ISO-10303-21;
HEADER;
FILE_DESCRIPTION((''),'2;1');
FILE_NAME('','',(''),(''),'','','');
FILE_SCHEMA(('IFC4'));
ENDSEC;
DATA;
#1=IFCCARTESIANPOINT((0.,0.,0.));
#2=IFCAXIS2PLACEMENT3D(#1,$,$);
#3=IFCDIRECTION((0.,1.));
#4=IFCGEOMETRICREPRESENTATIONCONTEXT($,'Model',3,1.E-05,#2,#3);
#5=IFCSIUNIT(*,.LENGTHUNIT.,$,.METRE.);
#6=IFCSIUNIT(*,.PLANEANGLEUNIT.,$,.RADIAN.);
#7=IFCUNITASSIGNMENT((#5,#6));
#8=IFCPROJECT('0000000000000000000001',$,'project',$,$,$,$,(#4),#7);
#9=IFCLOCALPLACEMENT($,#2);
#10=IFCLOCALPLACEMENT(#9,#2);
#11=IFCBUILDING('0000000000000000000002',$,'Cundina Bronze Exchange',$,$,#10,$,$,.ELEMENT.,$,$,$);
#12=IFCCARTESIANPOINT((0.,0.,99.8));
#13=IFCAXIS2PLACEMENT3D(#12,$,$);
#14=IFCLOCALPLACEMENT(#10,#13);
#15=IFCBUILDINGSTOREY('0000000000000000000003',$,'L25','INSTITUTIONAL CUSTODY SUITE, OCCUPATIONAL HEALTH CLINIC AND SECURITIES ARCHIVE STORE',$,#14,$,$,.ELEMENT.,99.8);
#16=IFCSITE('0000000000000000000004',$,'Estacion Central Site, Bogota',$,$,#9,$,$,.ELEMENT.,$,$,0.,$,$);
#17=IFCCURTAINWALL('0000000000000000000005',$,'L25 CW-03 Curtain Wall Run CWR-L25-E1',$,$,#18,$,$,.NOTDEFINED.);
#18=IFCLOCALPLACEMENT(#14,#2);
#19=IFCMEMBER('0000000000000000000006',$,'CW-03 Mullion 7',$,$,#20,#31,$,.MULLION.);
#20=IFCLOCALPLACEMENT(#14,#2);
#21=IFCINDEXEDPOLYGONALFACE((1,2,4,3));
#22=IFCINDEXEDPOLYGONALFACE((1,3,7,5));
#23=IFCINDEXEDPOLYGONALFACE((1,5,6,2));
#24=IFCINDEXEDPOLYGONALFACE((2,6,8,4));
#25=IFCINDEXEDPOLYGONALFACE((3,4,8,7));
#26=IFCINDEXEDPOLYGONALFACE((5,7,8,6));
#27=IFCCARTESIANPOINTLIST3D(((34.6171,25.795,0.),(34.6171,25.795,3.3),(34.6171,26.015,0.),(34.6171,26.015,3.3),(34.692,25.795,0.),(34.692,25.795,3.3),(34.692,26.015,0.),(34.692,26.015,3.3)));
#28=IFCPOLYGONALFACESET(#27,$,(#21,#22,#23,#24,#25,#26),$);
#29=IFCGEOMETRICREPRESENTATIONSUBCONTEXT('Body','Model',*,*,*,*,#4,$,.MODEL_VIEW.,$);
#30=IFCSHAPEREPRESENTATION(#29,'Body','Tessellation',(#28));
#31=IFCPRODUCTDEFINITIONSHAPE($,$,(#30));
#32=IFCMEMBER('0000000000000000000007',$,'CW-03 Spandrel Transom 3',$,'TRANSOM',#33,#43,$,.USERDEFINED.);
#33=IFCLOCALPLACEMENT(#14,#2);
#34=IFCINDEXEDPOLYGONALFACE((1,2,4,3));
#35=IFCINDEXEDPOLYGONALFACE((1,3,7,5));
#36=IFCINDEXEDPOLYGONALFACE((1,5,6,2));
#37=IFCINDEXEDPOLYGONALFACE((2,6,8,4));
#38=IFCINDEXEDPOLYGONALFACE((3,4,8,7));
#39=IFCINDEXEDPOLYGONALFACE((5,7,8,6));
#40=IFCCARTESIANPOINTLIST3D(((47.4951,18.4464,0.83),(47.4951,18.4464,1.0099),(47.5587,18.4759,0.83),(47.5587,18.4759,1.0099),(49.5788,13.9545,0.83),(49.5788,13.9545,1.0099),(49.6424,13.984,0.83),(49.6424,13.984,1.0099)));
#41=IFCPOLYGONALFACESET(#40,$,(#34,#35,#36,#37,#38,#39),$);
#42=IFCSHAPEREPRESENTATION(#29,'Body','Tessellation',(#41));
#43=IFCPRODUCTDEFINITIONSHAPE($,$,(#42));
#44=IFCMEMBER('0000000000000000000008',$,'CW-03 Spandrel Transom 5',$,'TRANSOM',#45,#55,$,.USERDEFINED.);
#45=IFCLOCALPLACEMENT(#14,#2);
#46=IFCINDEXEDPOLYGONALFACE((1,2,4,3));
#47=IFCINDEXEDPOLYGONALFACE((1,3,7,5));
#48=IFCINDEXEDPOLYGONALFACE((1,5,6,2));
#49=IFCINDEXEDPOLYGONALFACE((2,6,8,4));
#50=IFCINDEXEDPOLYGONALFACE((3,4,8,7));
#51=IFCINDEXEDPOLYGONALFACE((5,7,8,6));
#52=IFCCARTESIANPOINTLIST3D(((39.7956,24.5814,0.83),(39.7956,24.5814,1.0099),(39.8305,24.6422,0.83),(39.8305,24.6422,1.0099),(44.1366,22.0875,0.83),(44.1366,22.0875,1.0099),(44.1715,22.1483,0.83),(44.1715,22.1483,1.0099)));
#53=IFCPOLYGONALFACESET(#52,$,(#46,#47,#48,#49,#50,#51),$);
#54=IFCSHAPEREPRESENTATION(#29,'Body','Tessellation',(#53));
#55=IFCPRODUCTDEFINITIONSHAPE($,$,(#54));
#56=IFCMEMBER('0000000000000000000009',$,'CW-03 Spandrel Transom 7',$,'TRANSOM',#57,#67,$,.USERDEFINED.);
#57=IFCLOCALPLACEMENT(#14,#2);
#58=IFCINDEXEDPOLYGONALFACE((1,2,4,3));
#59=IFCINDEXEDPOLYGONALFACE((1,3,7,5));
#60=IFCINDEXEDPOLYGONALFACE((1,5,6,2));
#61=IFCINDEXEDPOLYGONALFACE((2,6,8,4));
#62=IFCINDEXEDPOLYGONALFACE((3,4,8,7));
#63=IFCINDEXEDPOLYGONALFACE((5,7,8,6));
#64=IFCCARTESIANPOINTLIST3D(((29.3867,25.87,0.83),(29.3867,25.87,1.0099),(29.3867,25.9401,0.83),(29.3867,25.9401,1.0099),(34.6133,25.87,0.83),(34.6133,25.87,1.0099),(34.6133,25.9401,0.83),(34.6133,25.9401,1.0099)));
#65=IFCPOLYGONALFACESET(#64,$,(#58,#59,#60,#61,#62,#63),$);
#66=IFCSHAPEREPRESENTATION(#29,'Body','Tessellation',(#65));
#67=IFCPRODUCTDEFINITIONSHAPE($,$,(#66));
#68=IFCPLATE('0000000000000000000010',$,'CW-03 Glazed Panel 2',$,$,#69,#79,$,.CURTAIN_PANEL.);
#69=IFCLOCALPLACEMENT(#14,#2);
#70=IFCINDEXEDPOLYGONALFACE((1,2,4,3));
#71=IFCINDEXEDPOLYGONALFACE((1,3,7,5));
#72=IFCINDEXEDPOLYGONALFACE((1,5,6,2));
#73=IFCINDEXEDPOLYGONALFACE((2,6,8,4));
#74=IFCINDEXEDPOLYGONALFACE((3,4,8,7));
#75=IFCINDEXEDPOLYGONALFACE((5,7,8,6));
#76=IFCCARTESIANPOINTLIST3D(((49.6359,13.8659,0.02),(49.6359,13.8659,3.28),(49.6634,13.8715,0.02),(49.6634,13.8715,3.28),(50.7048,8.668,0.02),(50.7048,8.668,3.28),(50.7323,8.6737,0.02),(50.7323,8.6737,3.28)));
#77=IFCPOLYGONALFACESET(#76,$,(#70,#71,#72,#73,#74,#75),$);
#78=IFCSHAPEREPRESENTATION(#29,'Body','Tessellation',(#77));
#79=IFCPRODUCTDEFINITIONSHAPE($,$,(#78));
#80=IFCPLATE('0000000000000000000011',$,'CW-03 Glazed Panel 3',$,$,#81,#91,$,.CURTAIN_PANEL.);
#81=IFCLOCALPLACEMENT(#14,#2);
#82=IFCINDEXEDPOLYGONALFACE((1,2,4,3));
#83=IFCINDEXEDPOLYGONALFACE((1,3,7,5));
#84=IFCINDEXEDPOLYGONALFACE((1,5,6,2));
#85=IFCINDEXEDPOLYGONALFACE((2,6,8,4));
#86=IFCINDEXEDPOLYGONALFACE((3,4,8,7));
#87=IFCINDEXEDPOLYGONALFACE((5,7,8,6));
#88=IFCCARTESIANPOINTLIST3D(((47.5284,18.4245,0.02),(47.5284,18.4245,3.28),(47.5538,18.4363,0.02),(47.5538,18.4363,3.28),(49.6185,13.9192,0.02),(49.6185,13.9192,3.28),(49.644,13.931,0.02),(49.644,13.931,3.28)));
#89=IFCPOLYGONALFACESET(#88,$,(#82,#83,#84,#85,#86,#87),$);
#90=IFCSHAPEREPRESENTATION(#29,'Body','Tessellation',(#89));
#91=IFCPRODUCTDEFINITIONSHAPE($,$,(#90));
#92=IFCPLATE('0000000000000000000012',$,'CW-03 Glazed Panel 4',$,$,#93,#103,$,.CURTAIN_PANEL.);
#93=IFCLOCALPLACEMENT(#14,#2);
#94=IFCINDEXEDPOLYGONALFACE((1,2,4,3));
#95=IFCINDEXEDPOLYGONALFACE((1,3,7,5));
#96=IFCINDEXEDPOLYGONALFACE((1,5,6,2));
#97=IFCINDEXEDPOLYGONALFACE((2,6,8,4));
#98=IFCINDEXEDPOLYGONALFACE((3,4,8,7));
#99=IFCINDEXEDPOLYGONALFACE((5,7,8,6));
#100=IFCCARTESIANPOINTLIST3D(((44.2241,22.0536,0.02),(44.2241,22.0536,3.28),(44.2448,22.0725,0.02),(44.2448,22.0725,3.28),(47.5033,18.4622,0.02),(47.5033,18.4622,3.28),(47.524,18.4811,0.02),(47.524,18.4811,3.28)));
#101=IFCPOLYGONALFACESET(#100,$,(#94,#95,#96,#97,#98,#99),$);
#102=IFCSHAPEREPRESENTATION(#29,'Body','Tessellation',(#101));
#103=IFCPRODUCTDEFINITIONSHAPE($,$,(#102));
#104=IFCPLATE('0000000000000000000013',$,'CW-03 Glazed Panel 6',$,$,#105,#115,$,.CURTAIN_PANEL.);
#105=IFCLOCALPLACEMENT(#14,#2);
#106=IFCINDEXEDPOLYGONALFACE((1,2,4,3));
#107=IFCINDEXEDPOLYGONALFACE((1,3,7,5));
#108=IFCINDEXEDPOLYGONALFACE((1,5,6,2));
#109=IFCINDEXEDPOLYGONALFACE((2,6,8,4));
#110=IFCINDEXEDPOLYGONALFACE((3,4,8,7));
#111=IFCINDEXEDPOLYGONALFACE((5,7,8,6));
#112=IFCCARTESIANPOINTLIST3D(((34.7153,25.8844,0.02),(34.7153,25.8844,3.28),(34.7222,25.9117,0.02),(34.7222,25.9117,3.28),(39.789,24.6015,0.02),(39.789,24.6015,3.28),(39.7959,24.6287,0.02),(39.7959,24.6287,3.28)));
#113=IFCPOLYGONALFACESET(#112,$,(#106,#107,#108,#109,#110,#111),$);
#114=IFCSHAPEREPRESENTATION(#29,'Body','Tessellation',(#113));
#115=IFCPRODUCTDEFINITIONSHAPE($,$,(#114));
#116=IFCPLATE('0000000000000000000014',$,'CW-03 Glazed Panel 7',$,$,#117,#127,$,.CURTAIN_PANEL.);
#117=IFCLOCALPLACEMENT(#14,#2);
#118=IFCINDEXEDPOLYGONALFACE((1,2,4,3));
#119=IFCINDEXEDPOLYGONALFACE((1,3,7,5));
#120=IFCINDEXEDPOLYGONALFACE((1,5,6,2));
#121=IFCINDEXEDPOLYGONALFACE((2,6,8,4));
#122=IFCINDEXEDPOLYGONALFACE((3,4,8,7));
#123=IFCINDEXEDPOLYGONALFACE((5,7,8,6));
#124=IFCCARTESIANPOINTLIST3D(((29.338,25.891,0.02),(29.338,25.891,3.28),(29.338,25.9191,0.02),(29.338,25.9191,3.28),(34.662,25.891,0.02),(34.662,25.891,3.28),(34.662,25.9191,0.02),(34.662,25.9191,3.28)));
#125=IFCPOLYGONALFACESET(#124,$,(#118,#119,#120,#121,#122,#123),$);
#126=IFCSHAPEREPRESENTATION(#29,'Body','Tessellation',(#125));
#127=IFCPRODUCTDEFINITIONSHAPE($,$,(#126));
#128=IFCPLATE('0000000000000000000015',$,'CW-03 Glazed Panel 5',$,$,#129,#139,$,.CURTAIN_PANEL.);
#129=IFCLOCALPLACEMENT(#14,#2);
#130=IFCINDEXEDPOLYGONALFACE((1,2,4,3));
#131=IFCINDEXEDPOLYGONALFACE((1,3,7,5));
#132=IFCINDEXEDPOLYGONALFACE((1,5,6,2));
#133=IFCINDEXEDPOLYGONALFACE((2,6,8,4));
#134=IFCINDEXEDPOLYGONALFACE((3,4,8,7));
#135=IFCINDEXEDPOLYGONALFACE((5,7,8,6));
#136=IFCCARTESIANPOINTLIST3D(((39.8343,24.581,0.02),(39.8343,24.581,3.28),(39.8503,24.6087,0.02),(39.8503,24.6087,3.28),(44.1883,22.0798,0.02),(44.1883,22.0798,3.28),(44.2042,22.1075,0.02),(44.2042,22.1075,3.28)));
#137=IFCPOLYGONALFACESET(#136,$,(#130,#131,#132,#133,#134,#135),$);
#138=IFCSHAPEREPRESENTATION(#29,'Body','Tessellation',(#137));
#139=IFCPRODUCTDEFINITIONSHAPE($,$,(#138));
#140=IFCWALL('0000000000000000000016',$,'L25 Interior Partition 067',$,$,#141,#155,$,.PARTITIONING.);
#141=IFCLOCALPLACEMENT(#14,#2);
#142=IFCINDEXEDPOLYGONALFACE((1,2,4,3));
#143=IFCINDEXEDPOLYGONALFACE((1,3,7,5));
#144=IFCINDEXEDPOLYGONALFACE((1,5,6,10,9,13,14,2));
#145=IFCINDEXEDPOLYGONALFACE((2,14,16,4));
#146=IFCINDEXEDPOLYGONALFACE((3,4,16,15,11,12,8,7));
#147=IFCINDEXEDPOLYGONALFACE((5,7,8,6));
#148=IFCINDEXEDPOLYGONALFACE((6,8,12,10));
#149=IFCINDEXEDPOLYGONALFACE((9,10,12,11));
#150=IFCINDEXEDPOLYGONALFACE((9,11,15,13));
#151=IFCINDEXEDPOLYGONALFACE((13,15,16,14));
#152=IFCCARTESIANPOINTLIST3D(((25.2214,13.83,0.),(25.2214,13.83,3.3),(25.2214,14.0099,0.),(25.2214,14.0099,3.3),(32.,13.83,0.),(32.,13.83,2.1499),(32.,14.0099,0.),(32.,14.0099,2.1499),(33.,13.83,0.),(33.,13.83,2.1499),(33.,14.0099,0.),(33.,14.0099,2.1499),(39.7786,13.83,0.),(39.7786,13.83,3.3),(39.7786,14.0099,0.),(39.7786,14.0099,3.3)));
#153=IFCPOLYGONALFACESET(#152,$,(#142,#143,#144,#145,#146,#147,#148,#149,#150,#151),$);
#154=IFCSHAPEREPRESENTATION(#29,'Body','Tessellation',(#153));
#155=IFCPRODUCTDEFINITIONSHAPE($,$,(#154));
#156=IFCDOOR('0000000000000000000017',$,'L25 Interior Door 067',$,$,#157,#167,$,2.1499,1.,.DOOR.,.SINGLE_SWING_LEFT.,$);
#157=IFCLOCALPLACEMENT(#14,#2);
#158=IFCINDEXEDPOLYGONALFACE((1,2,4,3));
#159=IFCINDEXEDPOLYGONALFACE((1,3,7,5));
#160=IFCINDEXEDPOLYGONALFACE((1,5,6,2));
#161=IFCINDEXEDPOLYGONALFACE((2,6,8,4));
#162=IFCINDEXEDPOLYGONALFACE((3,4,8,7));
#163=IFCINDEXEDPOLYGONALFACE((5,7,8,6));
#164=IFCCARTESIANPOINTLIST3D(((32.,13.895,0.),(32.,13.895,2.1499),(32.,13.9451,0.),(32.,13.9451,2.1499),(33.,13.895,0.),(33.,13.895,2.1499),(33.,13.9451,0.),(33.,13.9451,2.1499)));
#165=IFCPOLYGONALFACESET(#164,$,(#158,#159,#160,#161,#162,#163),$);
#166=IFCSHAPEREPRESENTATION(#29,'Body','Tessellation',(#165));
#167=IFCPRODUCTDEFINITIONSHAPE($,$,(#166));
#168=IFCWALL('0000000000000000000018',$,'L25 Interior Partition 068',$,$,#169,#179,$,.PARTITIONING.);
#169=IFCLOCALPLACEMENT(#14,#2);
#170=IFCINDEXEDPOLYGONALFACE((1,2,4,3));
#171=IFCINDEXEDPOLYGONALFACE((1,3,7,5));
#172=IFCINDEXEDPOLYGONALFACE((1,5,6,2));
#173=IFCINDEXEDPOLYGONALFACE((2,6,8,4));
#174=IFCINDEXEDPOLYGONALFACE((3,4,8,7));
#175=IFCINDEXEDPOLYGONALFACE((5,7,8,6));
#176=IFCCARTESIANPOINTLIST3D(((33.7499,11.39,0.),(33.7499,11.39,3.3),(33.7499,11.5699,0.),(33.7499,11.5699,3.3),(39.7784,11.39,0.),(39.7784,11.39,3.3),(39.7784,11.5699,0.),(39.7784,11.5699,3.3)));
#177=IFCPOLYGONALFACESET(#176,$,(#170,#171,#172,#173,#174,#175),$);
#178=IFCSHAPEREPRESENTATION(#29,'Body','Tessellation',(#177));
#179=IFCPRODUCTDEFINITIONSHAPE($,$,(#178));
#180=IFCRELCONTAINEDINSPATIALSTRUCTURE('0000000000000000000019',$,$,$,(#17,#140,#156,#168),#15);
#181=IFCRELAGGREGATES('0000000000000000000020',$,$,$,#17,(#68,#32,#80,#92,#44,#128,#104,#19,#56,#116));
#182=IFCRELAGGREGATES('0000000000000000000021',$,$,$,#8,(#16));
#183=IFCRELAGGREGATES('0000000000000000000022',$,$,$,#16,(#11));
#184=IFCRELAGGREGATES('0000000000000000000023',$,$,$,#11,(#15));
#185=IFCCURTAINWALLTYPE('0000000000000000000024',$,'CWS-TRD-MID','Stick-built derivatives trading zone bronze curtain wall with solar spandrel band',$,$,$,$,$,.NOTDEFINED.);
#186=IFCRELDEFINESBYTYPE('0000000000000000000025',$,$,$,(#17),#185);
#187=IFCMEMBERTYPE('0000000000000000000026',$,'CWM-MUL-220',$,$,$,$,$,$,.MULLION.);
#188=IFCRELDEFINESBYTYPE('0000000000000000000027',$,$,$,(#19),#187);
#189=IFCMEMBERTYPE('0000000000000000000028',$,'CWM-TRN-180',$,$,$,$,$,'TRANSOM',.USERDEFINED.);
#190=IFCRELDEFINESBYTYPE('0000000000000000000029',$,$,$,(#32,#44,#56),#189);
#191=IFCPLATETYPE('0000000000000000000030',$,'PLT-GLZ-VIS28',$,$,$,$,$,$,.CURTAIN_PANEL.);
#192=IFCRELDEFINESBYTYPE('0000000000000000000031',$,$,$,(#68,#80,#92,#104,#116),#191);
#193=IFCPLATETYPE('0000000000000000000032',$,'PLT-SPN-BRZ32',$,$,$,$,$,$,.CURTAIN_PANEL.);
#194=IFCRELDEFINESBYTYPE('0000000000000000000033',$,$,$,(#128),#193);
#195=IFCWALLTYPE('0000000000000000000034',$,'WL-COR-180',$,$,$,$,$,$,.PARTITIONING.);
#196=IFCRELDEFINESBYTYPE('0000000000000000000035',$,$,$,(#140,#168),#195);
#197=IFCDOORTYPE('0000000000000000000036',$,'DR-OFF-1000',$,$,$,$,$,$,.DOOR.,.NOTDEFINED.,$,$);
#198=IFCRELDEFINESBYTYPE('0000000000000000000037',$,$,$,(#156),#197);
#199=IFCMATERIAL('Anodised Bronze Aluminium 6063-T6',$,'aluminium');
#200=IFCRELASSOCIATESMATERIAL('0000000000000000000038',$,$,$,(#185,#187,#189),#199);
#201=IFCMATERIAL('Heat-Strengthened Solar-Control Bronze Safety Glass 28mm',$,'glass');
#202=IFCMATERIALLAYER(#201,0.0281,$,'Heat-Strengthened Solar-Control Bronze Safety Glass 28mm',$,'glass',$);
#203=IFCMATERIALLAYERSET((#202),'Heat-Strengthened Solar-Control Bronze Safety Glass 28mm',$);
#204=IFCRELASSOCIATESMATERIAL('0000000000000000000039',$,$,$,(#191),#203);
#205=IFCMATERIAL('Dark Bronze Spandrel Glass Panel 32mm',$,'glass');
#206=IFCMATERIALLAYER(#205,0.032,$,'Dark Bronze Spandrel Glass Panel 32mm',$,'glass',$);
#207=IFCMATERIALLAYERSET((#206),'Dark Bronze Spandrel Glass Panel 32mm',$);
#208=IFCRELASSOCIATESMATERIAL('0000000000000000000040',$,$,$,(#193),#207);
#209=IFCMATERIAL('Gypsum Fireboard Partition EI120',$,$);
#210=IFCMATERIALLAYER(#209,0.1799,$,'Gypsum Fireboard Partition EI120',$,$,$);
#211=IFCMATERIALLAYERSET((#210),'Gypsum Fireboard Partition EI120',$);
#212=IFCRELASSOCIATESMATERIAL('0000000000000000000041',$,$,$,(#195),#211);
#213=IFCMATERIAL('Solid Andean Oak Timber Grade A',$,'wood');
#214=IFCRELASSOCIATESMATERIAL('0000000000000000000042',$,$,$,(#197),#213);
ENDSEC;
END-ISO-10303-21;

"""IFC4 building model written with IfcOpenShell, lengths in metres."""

from ifc_helpers import new_model, si_unit, direction, frame, frame_2d, origin, origin_2d, place, context, subcontext, project, spatial, rectangle, extrude, material, layer, layer_set, material_profile, profile_set, type_object, element, fill, aggregate, save


model = new_model("IFC4")

# Units and contexts
model_context = context("Model", 3, precision=1e-05, world=origin(), true_north=direction((0.0, 1.0)))
body_context = subcontext(model_context, "Body", "Model", "MODEL_VIEW")
ifc_project = project(units=[si_unit("LENGTHUNIT", "METRE"), si_unit("PLANEANGLEUNIT", "RADIAN")], contexts=[model_context])

# Site, building, storey
site_placement = place(None, origin())
site = spatial("IfcSite", under=ifc_project, at=site_placement, Name="Estacion Central Site, Bogota", CompositionType="ELEMENT", RefElevation=0.0)
building_placement = place(site_placement, origin())
building = spatial("IfcBuilding", under=site, at=building_placement, Name="Cundina Bronze Exchange", CompositionType="ELEMENT")
storey_placement = place(building_placement, frame((0.0, 0.0, 99.8)))
storey = spatial("IfcBuildingStorey", under=building, at=storey_placement, Name="L25", Description="INSTITUTIONAL CUSTODY SUITE, OCCUPATIONAL HEALTH CLINIC AND SECURITIES ARCHIVE STORE", CompositionType="ELEMENT", Elevation=99.8)

# Curtain wall, members, plates
ifc_material_1 = material(Name="Anodised Bronze Aluminium 6063-T6", Category="aluminium")
curtain_wall_type = type_object("IfcCurtainWallType", Name="CWS-TRD-MID", Description="Stick-built derivatives trading zone bronze curtain wall with solar spandrel band", PredefinedType="NOTDEFINED", material=ifc_material_1)
curtain_wall_placement = place(storey_placement, origin())
curtain_wall = element("IfcCurtainWall", 1, at=curtain_wall_placement, inside=storey, type_object=curtain_wall_type, Name="L25 CW-03 Curtain Wall Run CWR-L25-E1", PredefinedType="NOTDEFINED")
ifc_material_profile_1 = material_profile(ifc_material_1, rectangle(XDim=0.075, YDim=0.22, at=origin_2d()), Name="AL75X220", Category="aluminium")
ifc_profile_set_1 = profile_set([ifc_material_profile_1], Name="Anodised Bronze Aluminium 6063-T6")
member_type_1 = type_object("IfcMemberType", Name="CWM-MUL-220", PredefinedType="MULLION", material=ifc_profile_set_1)
member_1_placement = place(storey_placement, frame((34.6545, 25.905, 0.0), z_axis=(0.0, 0.0, 1.0), x_axis=(-1.0, 0.0, 0.0)))
member_1 = element("IfcMember", 2, at=member_1_placement, type_object=member_type_1, Name="CW-03 Mullion 7", PredefinedType="MULLION", context=body_context, shape_type="SweptSolid", body=[
    extrude(rectangle(XDim=0.075, YDim=0.22, at=origin_2d()), origin(), (0.0, 0.0, 1.0), 3.3),
])
ifc_material_profile_2 = material_profile(ifc_material_1, rectangle(XDim=0.0701, YDim=0.1799, at=origin_2d()), Name="AL70X180", Category="aluminium")
ifc_profile_set_2 = profile_set([ifc_material_profile_2], Name="Anodised Bronze Aluminium 6063-T6")
member_type_2 = type_object("IfcMemberType", Name="CWM-TRN-180", ElementType="TRANSOM", PredefinedType="USERDEFINED", material=ifc_profile_set_2)
member_2_placement = place(storey_placement, frame((49.6106, 13.9692, 0.9199), z_axis=(-0.420811, 0.907148, 0.0), x_axis=(-0.907148, -0.420811, 0.0)))
member_2 = element("IfcMember", 3, at=member_2_placement, type_object=member_type_2, Name="CW-03 Spandrel Transom 3", ObjectType="TRANSOM", PredefinedType="USERDEFINED", context=body_context, shape_type="SweptSolid", body=[
    extrude(rectangle(XDim=0.0701, YDim=0.1799, at=origin_2d()), origin(), (0.0, 0.0, 1.0), 4.9517),
])
member_3_placement = place(storey_placement, frame((44.1541, 22.1179, 0.9199), z_axis=(-0.867097, 0.498139, 0.0), x_axis=(-0.498139, -0.867097, 0.0)))
member_3 = element("IfcMember", 4, at=member_3_placement, type_object=member_type_2, Name="CW-03 Spandrel Transom 5", ObjectType="TRANSOM", PredefinedType="USERDEFINED", context=body_context, shape_type="SweptSolid", body=[
    extrude(rectangle(XDim=0.0701, YDim=0.1799, at=origin_2d()), origin(), (0.0, 0.0, 1.0), 5.0063),
])
member_4_placement = place(storey_placement, frame((34.6133, 25.905, 0.9199), z_axis=(-1.0, 0.0, 0.0), x_axis=(0.0, -1.0, 0.0)))
member_4 = element("IfcMember", 5, at=member_4_placement, type_object=member_type_2, Name="CW-03 Spandrel Transom 7", ObjectType="TRANSOM", PredefinedType="USERDEFINED", context=body_context, shape_type="SweptSolid", body=[
    extrude(rectangle(XDim=0.0701, YDim=0.1799, at=origin_2d()), origin(), (0.0, 0.0, 1.0), 5.2266),
])
ifc_material_2 = material(Name="Heat-Strengthened Solar-Control Bronze Safety Glass 28mm", Category="glass")
ifc_layer_1 = layer(ifc_material_2, 0.0281, Name="Heat-Strengthened Solar-Control Bronze Safety Glass 28mm", Category="glass")
ifc_layer_set_1 = layer_set([ifc_layer_1], Name="Heat-Strengthened Solar-Control Bronze Safety Glass 28mm")
plate_type_1 = type_object("IfcPlateType", Name="PLT-GLZ-VIS28", PredefinedType="CURTAIN_PANEL", material=ifc_layer_set_1)
plate_1_placement = place(storey_placement, frame((50.1841, 11.2698, 0.02), z_axis=(0.0, 0.0, 1.0), x_axis=(-0.20142, 0.979505, 0.0)))
plate_1 = element("IfcPlate", 6, at=plate_1_placement, type_object=plate_type_1, Name="CW-03 Glazed Panel 2", PredefinedType="CURTAIN_PANEL", context=body_context, shape_type="SweptSolid", body=[
    extrude(rectangle(XDim=5.3066, YDim=0.0281, at=origin_2d()), origin(), (0.0, 0.0, 1.0), 3.26),
])
plate_2_placement = place(storey_placement, frame((48.5862, 16.1777, 0.02), z_axis=(0.0, 0.0, 1.0), x_axis=(-0.420846, 0.907132, 0.0)))
plate_2 = element("IfcPlate", 7, at=plate_2_placement, type_object=plate_type_1, Name="CW-03 Glazed Panel 3", PredefinedType="CURTAIN_PANEL", context=body_context, shape_type="SweptSolid", body=[
    extrude(rectangle(XDim=4.9666, YDim=0.0281, at=origin_2d()), origin(), (0.0, 0.0, 1.0), 3.26),
])
plate_3_placement = place(storey_placement, frame((45.874, 20.2673, 0.02), z_axis=(0.0, 0.0, 1.0), x_axis=(-0.674277, 0.738479, 0.0)))
plate_3 = element("IfcPlate", 8, at=plate_3_placement, type_object=plate_type_1, Name="CW-03 Glazed Panel 4", PredefinedType="CURTAIN_PANEL", context=body_context, shape_type="SweptSolid", body=[
    extrude(rectangle(XDim=4.8633, YDim=0.0281, at=origin_2d()), origin(), (0.0, 0.0, 1.0), 3.26),
])
plate_4_placement = place(storey_placement, frame((37.2556, 25.2566, 0.02), z_axis=(0.0, 0.0, 1.0), x_axis=(-0.969488, 0.245138, 0.0)))
plate_4 = element("IfcPlate", 9, at=plate_4_placement, type_object=plate_type_1, Name="CW-03 Glazed Panel 6", PredefinedType="CURTAIN_PANEL", context=body_context, shape_type="SweptSolid", body=[
    extrude(rectangle(XDim=5.2334, YDim=0.0281, at=origin_2d()), origin(), (0.0, 0.0, 1.0), 3.26),
])
plate_5_placement = place(storey_placement, frame((32.0, 25.905, 0.02), z_axis=(0.0, 0.0, 1.0), x_axis=(-1.0, 0.0, 0.0)))
plate_5 = element("IfcPlate", 10, at=plate_5_placement, type_object=plate_type_1, Name="CW-03 Glazed Panel 7", PredefinedType="CURTAIN_PANEL", context=body_context, shape_type="SweptSolid", body=[
    extrude(rectangle(XDim=5.324, YDim=0.0281, at=origin_2d()), origin(), (0.0, 0.0, 1.0), 3.26),
])
ifc_material_3 = material(Name="Dark Bronze Spandrel Glass Panel 32mm", Category="glass")
ifc_layer_2 = layer(ifc_material_3, 0.032, Name="Dark Bronze Spandrel Glass Panel 32mm", Category="glass")
ifc_layer_set_2 = layer_set([ifc_layer_2], Name="Dark Bronze Spandrel Glass Panel 32mm")
plate_type_2 = type_object("IfcPlateType", Name="PLT-SPN-BRZ32", PredefinedType="CURTAIN_PANEL", material=ifc_layer_set_2)
plate_6_placement = place(storey_placement, frame((42.0193, 23.3442, 0.02), z_axis=(0.0, 0.0, 1.0), x_axis=(-0.867105, 0.498125, 0.0)))
plate_6 = element("IfcPlate", 11, at=plate_6_placement, type_object=plate_type_2, Name="CW-03 Glazed Panel 5", PredefinedType="CURTAIN_PANEL", context=body_context, shape_type="SweptSolid", body=[
    extrude(rectangle(XDim=5.0212, YDim=0.032, at=origin_2d()), origin(), (0.0, 0.0, 1.0), 3.26),
])
aggregate(curtain_wall, [plate_1, member_2, plate_2, plate_3, member_3, plate_6, plate_4, member_1, member_4, plate_5])

# Wall, opening, door
ifc_material_4 = material(Name="Gypsum Fireboard Partition EI120")
ifc_layer_3 = layer(ifc_material_4, 0.1799, Name="Gypsum Fireboard Partition EI120")
ifc_layer_set_3 = layer_set([ifc_layer_3], Name="Gypsum Fireboard Partition EI120")
wall_type_1 = type_object("IfcWallType", Name="WL-COR-180", PredefinedType="PARTITIONING", material=ifc_layer_set_3)
wall_1_placement = place(storey_placement, frame((39.7786, 13.9199, 0.0), z_axis=(0.0, 0.0, 1.0), x_axis=(-1.0, 0.0, 0.0)))
wall_1 = element("IfcWall", 12, at=wall_1_placement, inside=storey, type_object=wall_type_1, Name="L25 Interior Partition 067", PredefinedType="PARTITIONING", context=body_context, shape_type="SweptSolid", body=[
    extrude(rectangle(XDim=14.5571, YDim=0.1799, at=frame_2d((7.2786, 0.0))), origin(), (0.0, 0.0, 1.0), 3.3),
])
opening_placement = place(wall_1_placement, frame((6.7786, 0.0, 0.0)))
opening = element("IfcOpeningElement", 13, at=opening_placement, cuts=wall_1, PredefinedType="OPENING", context=body_context, shape_type="SweptSolid", body=[
    extrude(rectangle(XDim=1.0, YDim=2.1499, at=frame_2d((0.5, 1.075))), frame((0.0, 0.0999, 0.0), z_axis=(0.0, -1.0, 0.0), x_axis=(1.0, 0.0, 0.0)), (0.0, 0.0, 1.0), 0.2),
])
ifc_material_5 = material(Name="Solid Andean Oak Timber Grade A", Category="wood")
door_type = type_object("IfcDoorType", Name="DR-OFF-1000", OperationType="NOTDEFINED", PredefinedType="DOOR", material=ifc_material_5)
door_placement = place(opening_placement, origin())
door = element("IfcDoor", 14, at=door_placement, inside=storey, type_object=door_type, Name="L25 Interior Door 067", OperationType="SINGLE_SWING_LEFT", OverallHeight=2.1499, OverallWidth=1.0, PredefinedType="DOOR", context=body_context, shape_type="SweptSolid", body=[
    extrude(rectangle(XDim=1.0, YDim=2.1499, at=frame_2d((0.5, 1.075))), frame((0.0, 0.0249, 0.0), z_axis=(0.0, -1.0, 0.0), x_axis=(1.0, 0.0, 0.0)), (0.0, 0.0, 1.0), 0.05),
])
fill(opening, door)

# Wall
wall_2_placement = place(storey_placement, frame((33.75, 11.48, 0.0), z_axis=(0.0, 0.0, 1.0), x_axis=(1.0, 0.0, 0.0)))
element("IfcWall", 15, at=wall_2_placement, inside=storey, type_object=wall_type_1, Name="L25 Interior Partition 068", PredefinedType="PARTITIONING", context=body_context, shape_type="SweptSolid", body=[
    extrude(rectangle(XDim=6.0286, YDim=0.1799, at=frame_2d((3.0142, 0.0))), origin(), (0.0, 0.0, 1.0), 3.3),
])

save(model, "model.ifc")
